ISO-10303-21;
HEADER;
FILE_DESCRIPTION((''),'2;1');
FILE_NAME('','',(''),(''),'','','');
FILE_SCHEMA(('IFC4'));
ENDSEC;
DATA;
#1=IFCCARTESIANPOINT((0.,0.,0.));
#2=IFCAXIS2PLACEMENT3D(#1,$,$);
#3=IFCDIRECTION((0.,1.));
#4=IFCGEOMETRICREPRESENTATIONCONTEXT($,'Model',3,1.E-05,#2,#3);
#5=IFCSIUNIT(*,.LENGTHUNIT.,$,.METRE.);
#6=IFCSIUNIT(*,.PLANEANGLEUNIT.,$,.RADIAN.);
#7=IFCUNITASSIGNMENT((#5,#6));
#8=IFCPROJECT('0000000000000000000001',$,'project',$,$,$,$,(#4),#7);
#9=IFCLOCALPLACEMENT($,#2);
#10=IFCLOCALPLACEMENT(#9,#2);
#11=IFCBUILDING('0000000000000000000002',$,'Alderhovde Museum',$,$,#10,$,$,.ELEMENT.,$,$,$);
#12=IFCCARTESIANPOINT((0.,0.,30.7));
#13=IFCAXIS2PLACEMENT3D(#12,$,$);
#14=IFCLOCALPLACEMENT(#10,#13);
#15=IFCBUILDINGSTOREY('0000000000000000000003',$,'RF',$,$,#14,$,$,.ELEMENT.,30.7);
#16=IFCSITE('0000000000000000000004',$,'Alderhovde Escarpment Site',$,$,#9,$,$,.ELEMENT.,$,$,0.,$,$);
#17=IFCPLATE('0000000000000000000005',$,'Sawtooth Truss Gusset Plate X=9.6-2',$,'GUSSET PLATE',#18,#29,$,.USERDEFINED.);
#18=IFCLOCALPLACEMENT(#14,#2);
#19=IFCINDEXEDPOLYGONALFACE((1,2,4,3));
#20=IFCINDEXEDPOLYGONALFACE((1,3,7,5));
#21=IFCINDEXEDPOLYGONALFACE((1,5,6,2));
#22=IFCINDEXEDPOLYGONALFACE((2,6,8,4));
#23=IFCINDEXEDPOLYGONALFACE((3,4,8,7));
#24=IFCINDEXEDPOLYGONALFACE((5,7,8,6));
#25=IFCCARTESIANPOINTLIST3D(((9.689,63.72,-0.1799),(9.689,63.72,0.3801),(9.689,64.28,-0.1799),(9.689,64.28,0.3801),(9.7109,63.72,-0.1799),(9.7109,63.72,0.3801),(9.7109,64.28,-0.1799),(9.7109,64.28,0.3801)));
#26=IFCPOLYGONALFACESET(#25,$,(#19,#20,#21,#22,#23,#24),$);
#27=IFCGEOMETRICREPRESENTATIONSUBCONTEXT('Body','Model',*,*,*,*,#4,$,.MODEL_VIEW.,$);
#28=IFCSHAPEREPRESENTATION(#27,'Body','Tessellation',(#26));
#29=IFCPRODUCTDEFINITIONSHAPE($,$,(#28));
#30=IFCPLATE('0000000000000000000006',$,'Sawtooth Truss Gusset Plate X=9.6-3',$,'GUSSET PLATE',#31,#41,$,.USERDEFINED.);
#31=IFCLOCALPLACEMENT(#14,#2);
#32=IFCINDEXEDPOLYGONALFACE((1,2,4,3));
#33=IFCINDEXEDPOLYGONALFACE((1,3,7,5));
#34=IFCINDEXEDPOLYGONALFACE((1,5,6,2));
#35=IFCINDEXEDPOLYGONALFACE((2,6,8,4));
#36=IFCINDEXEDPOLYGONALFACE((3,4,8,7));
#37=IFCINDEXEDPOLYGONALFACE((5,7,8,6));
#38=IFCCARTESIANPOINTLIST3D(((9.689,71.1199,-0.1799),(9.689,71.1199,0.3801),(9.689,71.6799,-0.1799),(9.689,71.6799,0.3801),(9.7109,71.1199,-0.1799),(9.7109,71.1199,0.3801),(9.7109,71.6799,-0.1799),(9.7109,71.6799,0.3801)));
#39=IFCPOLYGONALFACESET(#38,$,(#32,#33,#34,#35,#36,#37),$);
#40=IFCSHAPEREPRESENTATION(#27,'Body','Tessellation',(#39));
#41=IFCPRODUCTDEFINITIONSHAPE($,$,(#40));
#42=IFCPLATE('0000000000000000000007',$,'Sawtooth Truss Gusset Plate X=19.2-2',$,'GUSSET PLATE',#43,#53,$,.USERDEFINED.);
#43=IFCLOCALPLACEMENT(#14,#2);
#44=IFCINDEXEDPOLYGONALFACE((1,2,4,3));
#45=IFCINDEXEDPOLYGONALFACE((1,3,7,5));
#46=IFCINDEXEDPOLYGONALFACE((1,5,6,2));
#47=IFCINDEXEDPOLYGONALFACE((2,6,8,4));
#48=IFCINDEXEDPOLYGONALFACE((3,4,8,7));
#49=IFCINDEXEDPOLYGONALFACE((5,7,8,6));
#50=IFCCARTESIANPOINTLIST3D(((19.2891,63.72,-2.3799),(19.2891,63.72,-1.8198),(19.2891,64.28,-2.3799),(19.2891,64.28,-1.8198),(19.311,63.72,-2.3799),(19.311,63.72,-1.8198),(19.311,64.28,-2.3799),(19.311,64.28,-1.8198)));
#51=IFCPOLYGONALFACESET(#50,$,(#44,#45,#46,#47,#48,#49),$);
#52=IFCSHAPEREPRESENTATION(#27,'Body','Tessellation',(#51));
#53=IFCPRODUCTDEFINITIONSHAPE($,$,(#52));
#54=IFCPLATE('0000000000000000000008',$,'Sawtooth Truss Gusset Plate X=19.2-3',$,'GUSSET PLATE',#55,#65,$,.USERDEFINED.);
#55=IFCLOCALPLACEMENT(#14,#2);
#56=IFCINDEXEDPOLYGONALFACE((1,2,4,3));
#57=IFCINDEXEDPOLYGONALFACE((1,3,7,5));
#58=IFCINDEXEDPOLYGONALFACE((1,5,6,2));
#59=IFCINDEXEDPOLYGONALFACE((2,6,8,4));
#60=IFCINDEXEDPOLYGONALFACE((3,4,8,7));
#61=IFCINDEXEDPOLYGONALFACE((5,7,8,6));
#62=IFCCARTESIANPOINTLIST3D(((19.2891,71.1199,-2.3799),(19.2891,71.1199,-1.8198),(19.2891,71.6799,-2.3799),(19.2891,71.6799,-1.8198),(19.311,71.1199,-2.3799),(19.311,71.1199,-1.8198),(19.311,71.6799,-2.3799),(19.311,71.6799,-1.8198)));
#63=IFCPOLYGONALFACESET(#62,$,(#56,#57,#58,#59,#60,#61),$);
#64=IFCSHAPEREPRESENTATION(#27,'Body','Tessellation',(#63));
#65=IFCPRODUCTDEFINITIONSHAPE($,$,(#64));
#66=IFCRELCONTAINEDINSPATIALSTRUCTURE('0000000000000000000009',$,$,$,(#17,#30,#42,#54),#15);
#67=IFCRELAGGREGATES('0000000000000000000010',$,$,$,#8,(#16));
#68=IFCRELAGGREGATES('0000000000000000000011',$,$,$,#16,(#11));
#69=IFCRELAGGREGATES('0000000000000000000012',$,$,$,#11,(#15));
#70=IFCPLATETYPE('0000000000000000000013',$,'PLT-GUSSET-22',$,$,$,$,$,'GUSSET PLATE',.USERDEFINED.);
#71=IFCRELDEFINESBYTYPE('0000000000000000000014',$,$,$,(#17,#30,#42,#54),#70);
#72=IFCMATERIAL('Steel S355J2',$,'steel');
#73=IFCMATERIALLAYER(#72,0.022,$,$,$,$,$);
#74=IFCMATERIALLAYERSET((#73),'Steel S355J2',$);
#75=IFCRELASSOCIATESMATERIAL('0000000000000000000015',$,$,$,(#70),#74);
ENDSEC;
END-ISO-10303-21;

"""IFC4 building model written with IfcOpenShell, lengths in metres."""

from ifc_helpers import new_model, si_unit, direction, frame, origin, origin_2d, place, context, subcontext, project, spatial, rectangle, extrude, material, layer, layer_set, type_object, element, save


model = new_model("IFC4")

# Units and contexts
model_context = context("Model", 3, precision=1e-05, world=origin(), true_north=direction((0.0, 1.0)))
body_context = subcontext(model_context, "Body", "Model", "MODEL_VIEW")
ifc_project = project(units=[si_unit("LENGTHUNIT", "METRE"), si_unit("PLANEANGLEUNIT", "RADIAN")], contexts=[model_context])

# Site, building, storey
site_placement = place(None, origin())
site = spatial("IfcSite", under=ifc_project, at=site_placement, Name="Alderhovde Escarpment Site", CompositionType="ELEMENT", RefElevation=0.0)
building_placement = place(site_placement, origin())
building = spatial("IfcBuilding", under=site, at=building_placement, Name="Alderhovde Museum", CompositionType="ELEMENT")
storey_placement = place(building_placement, frame((0.0, 0.0, 30.7)))
storey = spatial("IfcBuildingStorey", under=building, at=storey_placement, Name="RF", CompositionType="ELEMENT", Elevation=30.7)

# Plates
ifc_material_1 = material(Name="Steel S355J2", Category="steel")
ifc_layer_1 = layer(ifc_material_1, 0.022)
ifc_layer_set_1 = layer_set([ifc_layer_1], Name="Steel S355J2")
plate_type_1 = type_object("IfcPlateType", Name="PLT-GUSSET-22", ElementType="GUSSET PLATE", PredefinedType="USERDEFINED", material=ifc_layer_set_1)
for number, where, z_axis, x_axis, name in (
    (1, (9.7, 64.0, -0.1799), (0.0, 0.0, 1.0), (1.0, 0.0, 0.0), "Sawtooth Truss Gusset Plate X=9.6-2"),
    (2, (9.7, 71.3999, -0.1799), (0.0, 0.0, 1.0), (1.0, 0.0, 0.0), "Sawtooth Truss Gusset Plate X=9.6-3"),
    (3, (19.3, 64.0, -2.3799), (0.0, 0.0, 1.0), (1.0, 0.0, 0.0), "Sawtooth Truss Gusset Plate X=19.2-2"),
    (4, (19.3, 71.3999, -2.3799), (0.0, 0.0, 1.0), (1.0, 0.0, 0.0), "Sawtooth Truss Gusset Plate X=19.2-3"),
):
    element("IfcPlate", number, at=place(storey_placement, frame(where, z_axis=z_axis, x_axis=x_axis)), inside=storey, type_object=plate_type_1, Name=name, ObjectType="GUSSET PLATE", PredefinedType="USERDEFINED", context=body_context, shape_type="SweptSolid", body=[
        extrude(rectangle(XDim=0.022, YDim=0.5601, at=origin_2d()), origin(), (0.0, 0.0, 1.0), 0.5601),
    ])

save(model, "model.ifc")
